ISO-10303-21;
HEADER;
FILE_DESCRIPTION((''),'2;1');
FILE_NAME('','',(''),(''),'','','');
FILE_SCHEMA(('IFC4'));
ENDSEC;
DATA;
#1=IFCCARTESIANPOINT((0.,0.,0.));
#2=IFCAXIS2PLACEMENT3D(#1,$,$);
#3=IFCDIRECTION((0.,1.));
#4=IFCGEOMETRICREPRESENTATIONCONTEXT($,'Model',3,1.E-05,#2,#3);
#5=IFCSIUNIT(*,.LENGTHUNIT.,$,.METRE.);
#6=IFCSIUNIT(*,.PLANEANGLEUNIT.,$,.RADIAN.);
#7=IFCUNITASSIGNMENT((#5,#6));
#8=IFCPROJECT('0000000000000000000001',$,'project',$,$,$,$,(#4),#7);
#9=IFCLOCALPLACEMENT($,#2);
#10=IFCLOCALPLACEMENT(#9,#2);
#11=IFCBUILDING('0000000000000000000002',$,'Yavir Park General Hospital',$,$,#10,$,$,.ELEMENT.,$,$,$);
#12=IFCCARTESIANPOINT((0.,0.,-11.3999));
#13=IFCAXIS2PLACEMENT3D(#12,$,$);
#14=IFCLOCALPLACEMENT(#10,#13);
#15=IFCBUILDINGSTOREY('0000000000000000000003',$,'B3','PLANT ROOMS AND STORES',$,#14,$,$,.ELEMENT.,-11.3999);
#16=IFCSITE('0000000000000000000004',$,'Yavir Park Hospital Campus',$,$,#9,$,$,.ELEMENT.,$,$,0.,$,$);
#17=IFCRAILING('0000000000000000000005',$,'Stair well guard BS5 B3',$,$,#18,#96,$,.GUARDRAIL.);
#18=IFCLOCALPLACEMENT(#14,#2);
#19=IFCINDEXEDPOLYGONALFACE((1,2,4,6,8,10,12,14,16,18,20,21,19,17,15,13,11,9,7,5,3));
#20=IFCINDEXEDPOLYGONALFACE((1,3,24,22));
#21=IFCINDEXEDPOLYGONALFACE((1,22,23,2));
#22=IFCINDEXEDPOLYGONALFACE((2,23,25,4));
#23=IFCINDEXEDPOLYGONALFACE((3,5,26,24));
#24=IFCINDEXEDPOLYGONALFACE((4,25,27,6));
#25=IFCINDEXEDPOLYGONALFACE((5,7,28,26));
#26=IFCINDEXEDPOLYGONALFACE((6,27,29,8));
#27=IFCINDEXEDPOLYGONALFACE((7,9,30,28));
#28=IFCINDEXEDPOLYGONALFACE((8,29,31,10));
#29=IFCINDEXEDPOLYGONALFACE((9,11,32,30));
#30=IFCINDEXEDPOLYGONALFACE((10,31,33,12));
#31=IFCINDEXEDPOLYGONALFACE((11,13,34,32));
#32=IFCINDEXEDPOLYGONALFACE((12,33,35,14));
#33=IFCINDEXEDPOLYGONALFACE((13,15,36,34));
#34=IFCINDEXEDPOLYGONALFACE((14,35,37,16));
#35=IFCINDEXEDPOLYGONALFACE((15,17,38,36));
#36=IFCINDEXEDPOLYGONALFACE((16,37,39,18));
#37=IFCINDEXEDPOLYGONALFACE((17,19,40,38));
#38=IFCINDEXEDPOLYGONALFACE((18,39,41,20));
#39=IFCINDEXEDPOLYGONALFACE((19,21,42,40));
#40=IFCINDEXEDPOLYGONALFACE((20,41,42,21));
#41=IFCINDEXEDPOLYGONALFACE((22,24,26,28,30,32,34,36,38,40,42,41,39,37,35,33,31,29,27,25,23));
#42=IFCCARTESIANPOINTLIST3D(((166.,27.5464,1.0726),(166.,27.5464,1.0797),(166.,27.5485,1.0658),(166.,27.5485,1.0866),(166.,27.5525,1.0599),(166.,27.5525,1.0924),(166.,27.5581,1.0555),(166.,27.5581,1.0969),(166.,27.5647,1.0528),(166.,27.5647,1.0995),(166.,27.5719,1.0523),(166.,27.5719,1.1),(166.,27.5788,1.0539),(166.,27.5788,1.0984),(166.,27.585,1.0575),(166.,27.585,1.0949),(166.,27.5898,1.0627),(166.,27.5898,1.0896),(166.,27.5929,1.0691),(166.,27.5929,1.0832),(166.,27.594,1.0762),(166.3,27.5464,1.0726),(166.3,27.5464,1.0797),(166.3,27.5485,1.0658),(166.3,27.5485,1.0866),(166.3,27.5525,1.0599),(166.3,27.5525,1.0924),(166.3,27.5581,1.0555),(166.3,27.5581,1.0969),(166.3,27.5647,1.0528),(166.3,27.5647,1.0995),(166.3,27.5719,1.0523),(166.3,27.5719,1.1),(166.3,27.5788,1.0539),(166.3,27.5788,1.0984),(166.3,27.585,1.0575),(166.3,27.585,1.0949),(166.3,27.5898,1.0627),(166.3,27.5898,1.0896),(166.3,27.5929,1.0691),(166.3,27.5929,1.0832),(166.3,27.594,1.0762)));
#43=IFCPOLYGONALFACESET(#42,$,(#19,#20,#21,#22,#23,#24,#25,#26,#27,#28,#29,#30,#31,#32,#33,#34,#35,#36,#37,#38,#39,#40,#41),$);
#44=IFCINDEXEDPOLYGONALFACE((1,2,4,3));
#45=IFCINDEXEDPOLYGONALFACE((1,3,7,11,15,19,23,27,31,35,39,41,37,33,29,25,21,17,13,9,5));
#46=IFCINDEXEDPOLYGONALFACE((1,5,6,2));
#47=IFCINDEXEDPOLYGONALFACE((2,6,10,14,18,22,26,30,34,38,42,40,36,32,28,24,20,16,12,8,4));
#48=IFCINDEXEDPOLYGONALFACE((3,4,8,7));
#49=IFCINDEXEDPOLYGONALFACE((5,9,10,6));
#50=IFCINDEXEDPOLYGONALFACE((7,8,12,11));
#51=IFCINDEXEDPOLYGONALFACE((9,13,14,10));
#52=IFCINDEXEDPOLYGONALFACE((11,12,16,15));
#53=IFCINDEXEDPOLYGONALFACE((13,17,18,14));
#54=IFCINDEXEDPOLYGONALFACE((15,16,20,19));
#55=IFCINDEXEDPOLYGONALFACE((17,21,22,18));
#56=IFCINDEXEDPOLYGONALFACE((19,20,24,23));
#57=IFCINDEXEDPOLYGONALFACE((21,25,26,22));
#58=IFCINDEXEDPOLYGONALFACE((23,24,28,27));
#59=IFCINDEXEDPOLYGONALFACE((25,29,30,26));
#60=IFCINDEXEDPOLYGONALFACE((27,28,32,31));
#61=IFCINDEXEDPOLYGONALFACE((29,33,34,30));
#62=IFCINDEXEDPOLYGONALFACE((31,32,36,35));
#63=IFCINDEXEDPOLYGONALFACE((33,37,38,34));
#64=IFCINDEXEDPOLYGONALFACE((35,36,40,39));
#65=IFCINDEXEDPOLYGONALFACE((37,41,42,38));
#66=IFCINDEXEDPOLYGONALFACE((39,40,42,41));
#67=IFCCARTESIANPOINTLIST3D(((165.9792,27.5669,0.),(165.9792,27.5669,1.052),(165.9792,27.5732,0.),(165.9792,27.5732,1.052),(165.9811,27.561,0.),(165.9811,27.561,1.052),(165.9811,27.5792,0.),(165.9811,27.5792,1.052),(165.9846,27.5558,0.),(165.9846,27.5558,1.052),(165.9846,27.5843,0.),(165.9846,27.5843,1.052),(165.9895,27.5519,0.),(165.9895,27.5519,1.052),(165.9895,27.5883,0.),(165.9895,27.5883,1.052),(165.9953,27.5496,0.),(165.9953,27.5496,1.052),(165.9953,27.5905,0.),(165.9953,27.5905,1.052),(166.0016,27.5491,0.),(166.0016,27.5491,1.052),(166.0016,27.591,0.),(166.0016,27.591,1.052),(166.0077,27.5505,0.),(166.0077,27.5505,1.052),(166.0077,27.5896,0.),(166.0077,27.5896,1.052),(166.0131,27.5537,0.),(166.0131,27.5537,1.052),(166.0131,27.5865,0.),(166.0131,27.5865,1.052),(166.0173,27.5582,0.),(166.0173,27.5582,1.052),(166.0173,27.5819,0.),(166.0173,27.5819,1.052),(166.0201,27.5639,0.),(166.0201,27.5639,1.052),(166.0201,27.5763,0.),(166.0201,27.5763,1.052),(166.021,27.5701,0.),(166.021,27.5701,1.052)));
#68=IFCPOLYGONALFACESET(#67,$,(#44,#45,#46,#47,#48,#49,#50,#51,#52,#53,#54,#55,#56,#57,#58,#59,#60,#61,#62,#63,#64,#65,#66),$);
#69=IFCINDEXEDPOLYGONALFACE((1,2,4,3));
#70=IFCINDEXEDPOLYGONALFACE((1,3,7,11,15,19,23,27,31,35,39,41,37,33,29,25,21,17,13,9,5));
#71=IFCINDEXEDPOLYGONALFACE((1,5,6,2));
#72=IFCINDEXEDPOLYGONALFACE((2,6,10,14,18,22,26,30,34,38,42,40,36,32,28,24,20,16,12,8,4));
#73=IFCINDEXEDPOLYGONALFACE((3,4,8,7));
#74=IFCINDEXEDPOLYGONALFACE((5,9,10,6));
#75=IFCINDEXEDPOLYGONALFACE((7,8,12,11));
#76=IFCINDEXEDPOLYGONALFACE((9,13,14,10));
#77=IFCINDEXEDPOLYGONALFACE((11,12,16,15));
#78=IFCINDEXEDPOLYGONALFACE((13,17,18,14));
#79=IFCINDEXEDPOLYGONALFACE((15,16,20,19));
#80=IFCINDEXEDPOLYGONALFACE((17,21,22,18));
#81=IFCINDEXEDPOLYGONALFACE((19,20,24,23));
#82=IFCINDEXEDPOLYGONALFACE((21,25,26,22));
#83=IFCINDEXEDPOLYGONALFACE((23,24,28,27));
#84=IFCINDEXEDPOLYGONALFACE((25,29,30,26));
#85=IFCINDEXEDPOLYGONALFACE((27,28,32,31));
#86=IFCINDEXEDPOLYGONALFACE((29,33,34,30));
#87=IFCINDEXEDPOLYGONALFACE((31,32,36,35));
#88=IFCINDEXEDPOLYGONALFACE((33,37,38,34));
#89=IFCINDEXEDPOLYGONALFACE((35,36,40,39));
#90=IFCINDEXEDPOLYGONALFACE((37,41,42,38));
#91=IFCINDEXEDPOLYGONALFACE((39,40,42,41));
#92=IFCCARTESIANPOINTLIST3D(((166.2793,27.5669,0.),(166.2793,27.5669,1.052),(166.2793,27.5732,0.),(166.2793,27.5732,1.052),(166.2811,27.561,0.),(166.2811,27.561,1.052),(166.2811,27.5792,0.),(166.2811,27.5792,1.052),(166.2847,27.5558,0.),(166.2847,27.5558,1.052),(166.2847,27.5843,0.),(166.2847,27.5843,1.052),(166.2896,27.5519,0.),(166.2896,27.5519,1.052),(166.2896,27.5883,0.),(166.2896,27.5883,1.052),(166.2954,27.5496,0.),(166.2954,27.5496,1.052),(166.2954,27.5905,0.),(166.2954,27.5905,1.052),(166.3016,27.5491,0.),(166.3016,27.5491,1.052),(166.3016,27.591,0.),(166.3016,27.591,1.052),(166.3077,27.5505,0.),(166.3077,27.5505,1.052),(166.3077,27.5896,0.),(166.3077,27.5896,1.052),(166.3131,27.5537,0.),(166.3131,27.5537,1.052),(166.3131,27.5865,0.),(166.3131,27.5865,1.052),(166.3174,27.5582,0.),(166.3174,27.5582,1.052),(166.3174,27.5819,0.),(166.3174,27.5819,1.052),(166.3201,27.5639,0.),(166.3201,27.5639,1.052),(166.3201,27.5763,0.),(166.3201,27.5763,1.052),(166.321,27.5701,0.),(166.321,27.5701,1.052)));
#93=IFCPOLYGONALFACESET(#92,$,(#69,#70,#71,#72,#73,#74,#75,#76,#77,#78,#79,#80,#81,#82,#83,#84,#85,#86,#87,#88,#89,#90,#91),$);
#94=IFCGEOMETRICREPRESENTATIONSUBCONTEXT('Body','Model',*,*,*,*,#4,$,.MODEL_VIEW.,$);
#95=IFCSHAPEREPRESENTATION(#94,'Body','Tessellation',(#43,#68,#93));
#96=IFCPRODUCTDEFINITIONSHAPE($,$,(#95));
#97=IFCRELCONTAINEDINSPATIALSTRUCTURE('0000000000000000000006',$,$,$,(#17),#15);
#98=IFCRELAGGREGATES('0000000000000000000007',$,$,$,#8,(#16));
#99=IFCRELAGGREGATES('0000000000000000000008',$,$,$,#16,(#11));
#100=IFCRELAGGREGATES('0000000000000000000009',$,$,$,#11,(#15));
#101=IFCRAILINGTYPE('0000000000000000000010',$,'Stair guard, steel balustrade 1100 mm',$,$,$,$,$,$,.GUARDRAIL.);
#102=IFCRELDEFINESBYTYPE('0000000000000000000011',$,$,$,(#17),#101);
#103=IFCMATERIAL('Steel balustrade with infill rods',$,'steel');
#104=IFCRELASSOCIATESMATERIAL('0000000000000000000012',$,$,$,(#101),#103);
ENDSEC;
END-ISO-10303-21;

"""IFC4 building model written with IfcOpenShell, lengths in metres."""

from ifc_helpers import new_model, si_unit, direction, frame, origin, origin_2d, place, context, subcontext, project, spatial, circle, extrude, material, type_object, element, save


model = new_model("IFC4")

# Units and contexts
model_context = context("Model", 3, precision=1e-05, world=origin(), true_north=direction((0.0, 1.0)))
body_context = subcontext(model_context, "Body", "Model", "MODEL_VIEW")
ifc_project = project(units=[si_unit("LENGTHUNIT", "METRE"), si_unit("PLANEANGLEUNIT", "RADIAN")], contexts=[model_context])

# Site, building, storey
site_placement = place(None, origin())
site = spatial("IfcSite", under=ifc_project, at=site_placement, Name="Yavir Park Hospital Campus", CompositionType="ELEMENT", RefElevation=0.0)
building_placement = place(site_placement, origin())
building = spatial("IfcBuilding", under=site, at=building_placement, Name="Yavir Park General Hospital", CompositionType="ELEMENT")
storey_placement = place(building_placement, frame((0.0, 0.0, -11.3999)))
storey = spatial("IfcBuildingStorey", under=building, at=storey_placement, Name="B3", Description="PLANT ROOMS AND STORES", CompositionType="ELEMENT", Elevation=-11.3999)

# Railing
ifc_material_1 = material(Name="Steel balustrade with infill rods", Category="steel")
railing_type_1 = type_object("IfcRailingType", Name="Stair guard, steel balustrade 1100 mm", PredefinedType="GUARDRAIL", material=ifc_material_1)
railing_placement = place(storey_placement, frame((166.0, 27.5701, 0.0)))
element("IfcRailing", 1, at=railing_placement, inside=storey, type_object=railing_type_1, Name="Stair well guard BS5 B3", PredefinedType="GUARDRAIL", context=body_context, shape_type="SweptSolid", body=[
    extrude(circle(Radius=0.0239, at=origin_2d()), frame((0.0, 0.0, 1.0762), z_axis=(1.0, 0.0, 0.0), x_axis=(0.0, 1.0, 0.0)), (0.0, 0.0, 1.0), 0.3),
    extrude(circle(Radius=0.021, at=origin_2d()), origin(), (0.0, 0.0, 1.0), 1.052),
    extrude(circle(Radius=0.021, at=origin_2d()), frame((0.3, 0.0, 0.0)), (0.0, 0.0, 1.0), 1.052),
])

save(model, "model.ifc")
